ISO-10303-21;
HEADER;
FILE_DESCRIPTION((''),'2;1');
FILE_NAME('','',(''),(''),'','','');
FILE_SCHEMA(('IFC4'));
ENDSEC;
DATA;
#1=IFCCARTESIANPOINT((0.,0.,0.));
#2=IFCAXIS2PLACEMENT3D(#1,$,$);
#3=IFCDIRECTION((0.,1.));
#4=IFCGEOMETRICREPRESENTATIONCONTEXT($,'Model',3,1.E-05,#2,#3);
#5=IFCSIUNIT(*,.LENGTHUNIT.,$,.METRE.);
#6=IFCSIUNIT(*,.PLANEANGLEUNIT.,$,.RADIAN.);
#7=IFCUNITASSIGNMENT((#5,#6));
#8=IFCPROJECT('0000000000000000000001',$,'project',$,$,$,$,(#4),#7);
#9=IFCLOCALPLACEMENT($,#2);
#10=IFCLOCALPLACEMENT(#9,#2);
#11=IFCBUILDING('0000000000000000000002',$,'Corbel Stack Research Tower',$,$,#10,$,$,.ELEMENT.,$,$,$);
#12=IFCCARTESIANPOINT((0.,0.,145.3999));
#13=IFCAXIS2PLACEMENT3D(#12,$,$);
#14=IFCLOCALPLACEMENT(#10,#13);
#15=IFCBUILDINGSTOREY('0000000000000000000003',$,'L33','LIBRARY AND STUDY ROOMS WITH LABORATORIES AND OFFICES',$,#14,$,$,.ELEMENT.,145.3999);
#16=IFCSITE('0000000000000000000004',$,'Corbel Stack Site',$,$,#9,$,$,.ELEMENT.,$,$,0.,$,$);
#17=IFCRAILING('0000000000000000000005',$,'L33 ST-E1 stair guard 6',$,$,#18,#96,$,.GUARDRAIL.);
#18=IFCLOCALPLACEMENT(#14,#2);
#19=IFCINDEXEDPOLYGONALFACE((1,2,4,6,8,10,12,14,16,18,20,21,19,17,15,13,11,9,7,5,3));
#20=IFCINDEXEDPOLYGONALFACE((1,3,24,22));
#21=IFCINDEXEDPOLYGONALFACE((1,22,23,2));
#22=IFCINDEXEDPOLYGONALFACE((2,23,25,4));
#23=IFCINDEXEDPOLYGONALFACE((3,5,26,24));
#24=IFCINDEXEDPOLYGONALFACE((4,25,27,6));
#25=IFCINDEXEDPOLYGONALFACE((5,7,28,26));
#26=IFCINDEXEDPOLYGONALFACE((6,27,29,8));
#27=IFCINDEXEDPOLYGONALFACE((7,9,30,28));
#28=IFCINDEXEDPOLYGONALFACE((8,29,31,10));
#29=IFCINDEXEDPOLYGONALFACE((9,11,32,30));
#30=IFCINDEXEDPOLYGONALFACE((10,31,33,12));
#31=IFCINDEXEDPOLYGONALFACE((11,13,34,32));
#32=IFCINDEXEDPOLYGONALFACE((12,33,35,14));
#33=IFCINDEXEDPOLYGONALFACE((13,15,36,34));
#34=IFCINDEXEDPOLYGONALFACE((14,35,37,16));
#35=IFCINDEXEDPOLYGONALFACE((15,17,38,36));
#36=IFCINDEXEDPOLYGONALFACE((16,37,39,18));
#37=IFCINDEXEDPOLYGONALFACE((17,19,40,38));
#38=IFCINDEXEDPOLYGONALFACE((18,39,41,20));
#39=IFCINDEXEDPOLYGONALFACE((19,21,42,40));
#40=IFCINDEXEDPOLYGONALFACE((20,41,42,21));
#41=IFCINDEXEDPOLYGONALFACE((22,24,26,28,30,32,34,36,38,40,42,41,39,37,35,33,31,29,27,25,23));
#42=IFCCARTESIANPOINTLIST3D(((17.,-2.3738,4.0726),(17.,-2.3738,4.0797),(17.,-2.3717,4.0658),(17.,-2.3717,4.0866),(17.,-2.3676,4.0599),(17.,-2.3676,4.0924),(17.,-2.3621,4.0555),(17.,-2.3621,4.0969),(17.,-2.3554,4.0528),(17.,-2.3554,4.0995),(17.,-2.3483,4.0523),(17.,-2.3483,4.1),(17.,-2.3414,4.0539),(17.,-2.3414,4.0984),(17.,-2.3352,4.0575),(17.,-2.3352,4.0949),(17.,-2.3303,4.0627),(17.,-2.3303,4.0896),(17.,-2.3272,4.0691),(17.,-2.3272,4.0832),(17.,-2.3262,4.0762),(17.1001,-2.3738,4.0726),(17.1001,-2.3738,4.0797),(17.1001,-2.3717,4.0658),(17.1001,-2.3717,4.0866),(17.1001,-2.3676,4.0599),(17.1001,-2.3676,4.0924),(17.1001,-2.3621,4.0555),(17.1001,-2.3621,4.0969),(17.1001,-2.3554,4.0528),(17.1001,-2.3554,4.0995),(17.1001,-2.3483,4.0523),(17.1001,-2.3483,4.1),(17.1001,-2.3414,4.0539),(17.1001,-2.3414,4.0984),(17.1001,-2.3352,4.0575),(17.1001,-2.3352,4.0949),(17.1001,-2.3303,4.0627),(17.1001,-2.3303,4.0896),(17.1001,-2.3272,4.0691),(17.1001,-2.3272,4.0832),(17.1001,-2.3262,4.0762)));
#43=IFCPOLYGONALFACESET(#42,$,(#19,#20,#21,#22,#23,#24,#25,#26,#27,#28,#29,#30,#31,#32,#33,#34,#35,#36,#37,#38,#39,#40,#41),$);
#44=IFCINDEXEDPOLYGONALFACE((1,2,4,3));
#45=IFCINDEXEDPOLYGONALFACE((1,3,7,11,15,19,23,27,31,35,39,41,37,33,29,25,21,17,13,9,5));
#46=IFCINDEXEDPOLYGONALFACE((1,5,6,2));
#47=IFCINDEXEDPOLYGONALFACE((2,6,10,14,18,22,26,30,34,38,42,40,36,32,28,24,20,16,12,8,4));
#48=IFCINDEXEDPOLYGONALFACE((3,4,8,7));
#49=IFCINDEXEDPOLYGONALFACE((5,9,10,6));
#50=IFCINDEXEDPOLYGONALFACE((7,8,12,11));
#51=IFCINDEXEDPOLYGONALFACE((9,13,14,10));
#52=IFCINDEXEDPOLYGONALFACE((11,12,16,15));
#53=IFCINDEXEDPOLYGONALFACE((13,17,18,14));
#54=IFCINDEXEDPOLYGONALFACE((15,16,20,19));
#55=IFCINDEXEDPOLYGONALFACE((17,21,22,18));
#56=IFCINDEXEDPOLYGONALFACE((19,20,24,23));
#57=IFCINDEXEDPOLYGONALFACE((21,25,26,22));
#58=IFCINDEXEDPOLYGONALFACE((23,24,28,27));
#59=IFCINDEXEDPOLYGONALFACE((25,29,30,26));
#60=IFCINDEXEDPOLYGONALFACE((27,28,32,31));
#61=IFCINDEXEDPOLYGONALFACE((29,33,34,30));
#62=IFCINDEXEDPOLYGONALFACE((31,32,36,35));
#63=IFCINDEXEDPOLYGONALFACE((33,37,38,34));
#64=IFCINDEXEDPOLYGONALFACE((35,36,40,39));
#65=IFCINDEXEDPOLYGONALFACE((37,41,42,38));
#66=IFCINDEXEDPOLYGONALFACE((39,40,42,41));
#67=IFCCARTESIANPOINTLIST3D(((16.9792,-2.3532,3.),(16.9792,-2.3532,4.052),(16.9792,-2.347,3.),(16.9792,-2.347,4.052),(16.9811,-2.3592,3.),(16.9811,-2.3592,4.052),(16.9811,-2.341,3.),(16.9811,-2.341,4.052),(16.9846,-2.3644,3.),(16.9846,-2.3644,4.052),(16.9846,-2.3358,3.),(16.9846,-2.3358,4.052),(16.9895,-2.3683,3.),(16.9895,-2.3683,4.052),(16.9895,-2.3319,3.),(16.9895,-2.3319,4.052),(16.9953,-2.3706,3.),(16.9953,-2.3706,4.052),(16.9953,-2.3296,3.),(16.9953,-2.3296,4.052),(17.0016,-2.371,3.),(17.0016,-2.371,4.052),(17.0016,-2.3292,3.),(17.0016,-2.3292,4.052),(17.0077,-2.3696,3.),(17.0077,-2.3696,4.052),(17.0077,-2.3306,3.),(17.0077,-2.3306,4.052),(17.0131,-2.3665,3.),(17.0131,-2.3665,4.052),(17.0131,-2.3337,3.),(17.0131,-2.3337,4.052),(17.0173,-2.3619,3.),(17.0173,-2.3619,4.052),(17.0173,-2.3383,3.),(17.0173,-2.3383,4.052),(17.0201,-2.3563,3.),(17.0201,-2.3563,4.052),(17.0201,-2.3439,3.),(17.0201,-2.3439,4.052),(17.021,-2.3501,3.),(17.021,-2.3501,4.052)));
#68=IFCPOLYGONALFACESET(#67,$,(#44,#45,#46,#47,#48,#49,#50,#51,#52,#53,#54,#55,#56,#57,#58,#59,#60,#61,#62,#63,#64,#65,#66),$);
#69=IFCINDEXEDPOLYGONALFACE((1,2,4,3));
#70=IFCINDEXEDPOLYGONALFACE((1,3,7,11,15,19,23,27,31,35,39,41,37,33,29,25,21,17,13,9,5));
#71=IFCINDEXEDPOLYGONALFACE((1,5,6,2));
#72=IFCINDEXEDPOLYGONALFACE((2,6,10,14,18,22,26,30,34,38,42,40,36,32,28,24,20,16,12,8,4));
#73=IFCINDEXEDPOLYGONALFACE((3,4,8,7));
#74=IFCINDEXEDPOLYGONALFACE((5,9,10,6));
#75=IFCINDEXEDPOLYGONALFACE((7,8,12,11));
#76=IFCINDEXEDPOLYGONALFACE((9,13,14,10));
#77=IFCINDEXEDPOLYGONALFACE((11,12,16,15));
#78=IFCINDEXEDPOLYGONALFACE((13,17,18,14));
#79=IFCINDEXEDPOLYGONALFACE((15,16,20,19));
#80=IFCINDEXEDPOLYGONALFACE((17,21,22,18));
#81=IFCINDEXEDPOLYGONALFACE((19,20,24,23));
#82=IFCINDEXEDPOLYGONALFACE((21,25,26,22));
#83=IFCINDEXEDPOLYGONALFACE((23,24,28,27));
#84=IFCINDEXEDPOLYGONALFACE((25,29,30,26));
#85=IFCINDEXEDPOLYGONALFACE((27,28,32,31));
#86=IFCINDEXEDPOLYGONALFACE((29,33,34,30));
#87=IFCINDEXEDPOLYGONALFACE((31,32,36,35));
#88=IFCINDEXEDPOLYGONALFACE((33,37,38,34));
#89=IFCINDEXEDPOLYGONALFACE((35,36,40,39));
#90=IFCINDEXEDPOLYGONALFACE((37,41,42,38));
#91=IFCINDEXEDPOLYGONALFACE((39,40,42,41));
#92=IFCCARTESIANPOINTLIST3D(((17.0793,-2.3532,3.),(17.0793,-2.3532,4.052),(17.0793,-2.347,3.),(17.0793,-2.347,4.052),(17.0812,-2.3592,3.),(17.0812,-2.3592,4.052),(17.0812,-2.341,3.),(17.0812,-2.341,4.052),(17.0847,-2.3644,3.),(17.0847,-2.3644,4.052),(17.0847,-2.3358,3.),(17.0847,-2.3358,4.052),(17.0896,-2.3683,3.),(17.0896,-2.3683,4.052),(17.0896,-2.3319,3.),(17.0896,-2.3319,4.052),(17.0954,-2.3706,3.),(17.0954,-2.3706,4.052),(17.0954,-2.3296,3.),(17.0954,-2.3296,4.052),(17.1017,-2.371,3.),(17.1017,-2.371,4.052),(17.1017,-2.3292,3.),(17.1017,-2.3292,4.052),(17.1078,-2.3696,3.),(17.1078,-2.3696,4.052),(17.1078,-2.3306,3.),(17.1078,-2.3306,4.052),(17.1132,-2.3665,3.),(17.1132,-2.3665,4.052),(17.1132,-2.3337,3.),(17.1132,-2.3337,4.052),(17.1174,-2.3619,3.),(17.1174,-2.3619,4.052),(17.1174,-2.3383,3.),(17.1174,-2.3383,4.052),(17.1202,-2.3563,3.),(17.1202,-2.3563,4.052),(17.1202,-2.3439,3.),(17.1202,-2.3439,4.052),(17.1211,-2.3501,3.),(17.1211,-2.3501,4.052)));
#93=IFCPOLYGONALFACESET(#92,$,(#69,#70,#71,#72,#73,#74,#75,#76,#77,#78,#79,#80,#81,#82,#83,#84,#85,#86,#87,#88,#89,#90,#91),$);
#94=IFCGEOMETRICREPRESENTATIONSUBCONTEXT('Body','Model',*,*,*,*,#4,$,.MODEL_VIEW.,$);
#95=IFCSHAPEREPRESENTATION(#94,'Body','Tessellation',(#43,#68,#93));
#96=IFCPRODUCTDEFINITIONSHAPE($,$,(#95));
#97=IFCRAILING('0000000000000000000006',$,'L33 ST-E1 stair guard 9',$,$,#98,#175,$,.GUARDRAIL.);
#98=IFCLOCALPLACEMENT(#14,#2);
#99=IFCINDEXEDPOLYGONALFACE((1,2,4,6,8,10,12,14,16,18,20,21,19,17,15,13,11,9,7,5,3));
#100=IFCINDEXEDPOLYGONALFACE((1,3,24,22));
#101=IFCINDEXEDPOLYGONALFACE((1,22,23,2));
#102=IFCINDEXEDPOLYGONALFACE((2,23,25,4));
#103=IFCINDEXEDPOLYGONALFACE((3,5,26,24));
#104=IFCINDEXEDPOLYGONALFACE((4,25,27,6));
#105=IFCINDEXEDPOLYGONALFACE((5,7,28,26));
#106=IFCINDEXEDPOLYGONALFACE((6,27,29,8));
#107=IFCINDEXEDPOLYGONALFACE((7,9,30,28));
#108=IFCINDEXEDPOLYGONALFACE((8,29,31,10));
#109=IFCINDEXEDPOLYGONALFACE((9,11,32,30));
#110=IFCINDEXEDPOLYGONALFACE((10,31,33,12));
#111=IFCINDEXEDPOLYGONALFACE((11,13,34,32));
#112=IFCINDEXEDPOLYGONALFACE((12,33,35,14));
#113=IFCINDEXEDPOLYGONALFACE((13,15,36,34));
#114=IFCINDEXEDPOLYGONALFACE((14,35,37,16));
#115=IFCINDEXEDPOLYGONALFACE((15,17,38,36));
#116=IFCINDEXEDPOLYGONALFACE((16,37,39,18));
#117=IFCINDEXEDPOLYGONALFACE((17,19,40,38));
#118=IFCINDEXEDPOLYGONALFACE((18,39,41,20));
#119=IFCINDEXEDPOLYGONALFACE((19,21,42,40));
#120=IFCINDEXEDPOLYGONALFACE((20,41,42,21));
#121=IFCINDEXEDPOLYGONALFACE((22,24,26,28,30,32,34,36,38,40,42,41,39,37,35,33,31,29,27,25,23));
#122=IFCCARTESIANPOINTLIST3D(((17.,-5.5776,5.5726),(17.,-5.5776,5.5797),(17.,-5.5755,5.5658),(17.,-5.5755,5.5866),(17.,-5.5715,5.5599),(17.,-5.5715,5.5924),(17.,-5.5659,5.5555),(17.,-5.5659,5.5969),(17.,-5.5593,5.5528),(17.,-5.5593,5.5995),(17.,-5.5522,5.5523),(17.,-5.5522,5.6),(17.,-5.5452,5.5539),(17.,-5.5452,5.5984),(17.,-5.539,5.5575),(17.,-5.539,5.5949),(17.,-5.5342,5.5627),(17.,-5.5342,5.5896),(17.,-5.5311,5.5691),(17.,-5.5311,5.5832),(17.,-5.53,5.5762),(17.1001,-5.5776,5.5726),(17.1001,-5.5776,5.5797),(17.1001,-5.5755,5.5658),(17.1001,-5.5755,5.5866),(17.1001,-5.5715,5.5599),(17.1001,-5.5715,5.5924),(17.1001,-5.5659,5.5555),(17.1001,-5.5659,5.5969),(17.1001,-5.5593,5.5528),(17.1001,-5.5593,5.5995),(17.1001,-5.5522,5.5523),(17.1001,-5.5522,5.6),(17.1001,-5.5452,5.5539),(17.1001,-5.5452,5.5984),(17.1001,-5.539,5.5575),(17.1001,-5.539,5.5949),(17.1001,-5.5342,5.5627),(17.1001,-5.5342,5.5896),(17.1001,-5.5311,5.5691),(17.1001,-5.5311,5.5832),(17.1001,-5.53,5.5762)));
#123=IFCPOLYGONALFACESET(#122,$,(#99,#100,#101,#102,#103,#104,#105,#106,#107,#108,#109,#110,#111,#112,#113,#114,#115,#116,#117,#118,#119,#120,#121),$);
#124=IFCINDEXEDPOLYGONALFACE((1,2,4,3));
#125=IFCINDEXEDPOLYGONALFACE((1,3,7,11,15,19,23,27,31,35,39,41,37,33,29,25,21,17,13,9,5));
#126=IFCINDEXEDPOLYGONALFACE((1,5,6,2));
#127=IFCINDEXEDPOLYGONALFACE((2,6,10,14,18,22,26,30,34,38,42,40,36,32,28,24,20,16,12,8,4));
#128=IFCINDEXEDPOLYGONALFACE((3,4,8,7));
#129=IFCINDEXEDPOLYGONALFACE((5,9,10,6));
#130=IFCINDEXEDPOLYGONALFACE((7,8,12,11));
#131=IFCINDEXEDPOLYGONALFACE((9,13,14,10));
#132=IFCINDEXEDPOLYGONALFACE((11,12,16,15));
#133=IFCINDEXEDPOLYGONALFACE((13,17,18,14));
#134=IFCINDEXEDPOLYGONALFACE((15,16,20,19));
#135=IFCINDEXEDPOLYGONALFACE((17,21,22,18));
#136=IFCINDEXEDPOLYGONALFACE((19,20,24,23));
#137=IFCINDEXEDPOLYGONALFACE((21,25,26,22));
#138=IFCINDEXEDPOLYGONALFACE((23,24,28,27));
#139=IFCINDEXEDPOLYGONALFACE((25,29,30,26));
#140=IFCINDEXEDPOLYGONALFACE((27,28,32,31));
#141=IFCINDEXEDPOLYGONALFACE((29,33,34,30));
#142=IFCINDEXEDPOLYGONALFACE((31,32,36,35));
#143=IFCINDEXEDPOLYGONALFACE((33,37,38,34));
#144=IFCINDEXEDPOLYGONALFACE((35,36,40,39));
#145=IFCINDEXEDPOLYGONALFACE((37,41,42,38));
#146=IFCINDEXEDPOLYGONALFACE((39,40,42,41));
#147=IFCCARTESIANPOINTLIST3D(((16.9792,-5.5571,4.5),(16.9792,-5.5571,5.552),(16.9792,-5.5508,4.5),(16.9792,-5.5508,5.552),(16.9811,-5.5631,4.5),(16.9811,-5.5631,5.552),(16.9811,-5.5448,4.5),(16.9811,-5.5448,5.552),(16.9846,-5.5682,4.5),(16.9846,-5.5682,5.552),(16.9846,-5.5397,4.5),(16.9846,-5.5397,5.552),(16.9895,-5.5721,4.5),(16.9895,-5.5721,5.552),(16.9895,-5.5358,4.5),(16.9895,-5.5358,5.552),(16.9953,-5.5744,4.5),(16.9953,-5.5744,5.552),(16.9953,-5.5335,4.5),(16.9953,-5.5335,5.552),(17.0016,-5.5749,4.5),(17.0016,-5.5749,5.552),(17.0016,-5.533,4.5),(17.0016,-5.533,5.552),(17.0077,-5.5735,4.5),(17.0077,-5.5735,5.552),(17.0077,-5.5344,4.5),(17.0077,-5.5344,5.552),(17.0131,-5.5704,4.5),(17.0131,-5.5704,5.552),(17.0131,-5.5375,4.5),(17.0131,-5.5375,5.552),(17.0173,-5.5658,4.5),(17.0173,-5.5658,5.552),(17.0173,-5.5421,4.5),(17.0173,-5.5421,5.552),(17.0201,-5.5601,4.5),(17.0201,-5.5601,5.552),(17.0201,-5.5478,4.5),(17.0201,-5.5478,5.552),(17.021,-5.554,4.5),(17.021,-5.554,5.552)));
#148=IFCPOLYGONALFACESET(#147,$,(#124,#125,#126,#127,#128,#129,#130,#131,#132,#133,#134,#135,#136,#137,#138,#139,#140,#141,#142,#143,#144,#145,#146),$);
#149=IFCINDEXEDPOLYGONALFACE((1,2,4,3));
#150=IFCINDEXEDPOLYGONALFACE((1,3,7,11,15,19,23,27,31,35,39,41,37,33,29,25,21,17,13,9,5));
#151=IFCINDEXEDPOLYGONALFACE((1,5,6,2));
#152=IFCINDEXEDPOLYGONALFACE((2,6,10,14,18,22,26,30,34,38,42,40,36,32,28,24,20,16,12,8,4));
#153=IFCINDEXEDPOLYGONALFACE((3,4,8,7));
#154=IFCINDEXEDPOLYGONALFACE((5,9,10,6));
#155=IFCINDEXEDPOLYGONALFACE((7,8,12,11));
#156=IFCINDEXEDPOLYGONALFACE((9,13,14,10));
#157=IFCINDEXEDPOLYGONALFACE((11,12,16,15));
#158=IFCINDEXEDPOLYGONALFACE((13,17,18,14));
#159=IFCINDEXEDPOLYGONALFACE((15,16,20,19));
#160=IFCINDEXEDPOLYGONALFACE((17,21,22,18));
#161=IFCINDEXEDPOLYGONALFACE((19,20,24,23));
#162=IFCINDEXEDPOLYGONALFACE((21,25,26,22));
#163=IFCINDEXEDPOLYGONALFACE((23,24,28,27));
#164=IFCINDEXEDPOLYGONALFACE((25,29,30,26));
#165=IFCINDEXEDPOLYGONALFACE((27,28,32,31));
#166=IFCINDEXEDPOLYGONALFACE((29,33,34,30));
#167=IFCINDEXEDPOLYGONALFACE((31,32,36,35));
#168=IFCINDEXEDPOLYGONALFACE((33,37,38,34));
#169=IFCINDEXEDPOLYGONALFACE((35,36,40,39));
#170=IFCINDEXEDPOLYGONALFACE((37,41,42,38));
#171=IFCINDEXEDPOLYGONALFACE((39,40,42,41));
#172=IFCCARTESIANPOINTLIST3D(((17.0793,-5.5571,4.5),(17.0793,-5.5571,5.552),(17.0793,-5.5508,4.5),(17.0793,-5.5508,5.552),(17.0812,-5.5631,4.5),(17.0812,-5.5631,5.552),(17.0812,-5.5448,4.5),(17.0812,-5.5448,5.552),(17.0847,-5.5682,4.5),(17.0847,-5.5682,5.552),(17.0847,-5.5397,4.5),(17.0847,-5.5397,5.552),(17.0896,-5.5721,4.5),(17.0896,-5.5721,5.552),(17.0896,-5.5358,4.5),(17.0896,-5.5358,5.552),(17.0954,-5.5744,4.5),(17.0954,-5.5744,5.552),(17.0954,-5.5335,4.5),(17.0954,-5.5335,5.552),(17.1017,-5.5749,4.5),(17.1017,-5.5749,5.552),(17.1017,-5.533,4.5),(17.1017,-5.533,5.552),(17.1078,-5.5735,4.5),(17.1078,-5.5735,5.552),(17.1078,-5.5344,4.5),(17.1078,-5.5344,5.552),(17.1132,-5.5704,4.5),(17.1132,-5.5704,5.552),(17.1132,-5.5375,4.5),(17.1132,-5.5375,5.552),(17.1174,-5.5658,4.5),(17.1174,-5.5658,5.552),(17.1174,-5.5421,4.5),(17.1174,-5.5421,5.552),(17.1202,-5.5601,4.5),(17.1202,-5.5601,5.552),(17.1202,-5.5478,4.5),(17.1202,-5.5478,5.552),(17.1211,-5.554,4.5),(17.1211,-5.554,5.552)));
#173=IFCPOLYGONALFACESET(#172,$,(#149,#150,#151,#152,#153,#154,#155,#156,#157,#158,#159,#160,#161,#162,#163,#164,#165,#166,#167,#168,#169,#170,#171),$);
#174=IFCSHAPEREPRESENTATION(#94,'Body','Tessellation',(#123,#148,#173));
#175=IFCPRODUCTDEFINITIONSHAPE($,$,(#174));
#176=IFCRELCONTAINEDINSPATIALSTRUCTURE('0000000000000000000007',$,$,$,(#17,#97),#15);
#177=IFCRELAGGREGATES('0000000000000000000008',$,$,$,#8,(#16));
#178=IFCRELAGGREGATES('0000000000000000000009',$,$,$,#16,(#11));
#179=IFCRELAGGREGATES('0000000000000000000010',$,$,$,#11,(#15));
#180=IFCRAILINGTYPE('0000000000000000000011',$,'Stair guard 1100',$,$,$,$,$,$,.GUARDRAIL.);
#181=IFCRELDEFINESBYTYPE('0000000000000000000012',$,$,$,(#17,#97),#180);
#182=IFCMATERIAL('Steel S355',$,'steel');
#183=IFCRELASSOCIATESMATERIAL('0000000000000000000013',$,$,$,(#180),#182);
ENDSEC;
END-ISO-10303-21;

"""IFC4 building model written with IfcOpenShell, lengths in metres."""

from ifc_helpers import new_model, si_unit, direction, frame, origin, origin_2d, place, context, subcontext, project, spatial, circle, extrude, material, type_object, element, save


model = new_model("IFC4")

# Units and contexts
model_context = context("Model", 3, precision=1e-05, world=origin(), true_north=direction((0.0, 1.0)))
body_context = subcontext(model_context, "Body", "Model", "MODEL_VIEW")
ifc_project = project(units=[si_unit("LENGTHUNIT", "METRE"), si_unit("PLANEANGLEUNIT", "RADIAN")], contexts=[model_context])

# Site, building, storey
site_placement = place(None, origin())
site = spatial("IfcSite", under=ifc_project, at=site_placement, Name="Corbel Stack Site", CompositionType="ELEMENT", RefElevation=0.0)
building_placement = place(site_placement, origin())
building = spatial("IfcBuilding", under=site, at=building_placement, Name="Corbel Stack Research Tower", CompositionType="ELEMENT")
storey_placement = place(building_placement, frame((0.0, 0.0, 145.3999)))
storey = spatial("IfcBuildingStorey", under=building, at=storey_placement, Name="L33", Description="LIBRARY AND STUDY ROOMS WITH LABORATORIES AND OFFICES", CompositionType="ELEMENT", Elevation=145.3999)

# Railings
ifc_material_1 = material(Name="Steel S355", Category="steel")
railing_type_1 = type_object("IfcRailingType", Name="Stair guard 1100", PredefinedType="GUARDRAIL", material=ifc_material_1)
for number, where, name in (
    (1, (17.0, -2.3501, 3.0), "L33 ST-E1 stair guard 6"),
    (2, (17.0, -5.554, 4.5), "L33 ST-E1 stair guard 9"),
):
    element("IfcRailing", number, at=place(storey_placement, frame(where)), inside=storey, type_object=railing_type_1, Name=name, PredefinedType="GUARDRAIL", context=body_context, shape_type="SweptSolid", body=[
        extrude(circle(Radius=0.0239, at=origin_2d()), frame((0.0, 0.0, 1.0762), z_axis=(1.0, 0.0, 0.0), x_axis=(0.0, 1.0, 0.0)), (0.0, 0.0, 1.0), 0.1001),
        extrude(circle(Radius=0.021, at=origin_2d()), origin(), (0.0, 0.0, 1.0), 1.052),
        extrude(circle(Radius=0.021, at=origin_2d()), frame((0.1001, 0.0, 0.0)), (0.0, 0.0, 1.0), 1.052),
    ])

save(model, "model.ifc")
